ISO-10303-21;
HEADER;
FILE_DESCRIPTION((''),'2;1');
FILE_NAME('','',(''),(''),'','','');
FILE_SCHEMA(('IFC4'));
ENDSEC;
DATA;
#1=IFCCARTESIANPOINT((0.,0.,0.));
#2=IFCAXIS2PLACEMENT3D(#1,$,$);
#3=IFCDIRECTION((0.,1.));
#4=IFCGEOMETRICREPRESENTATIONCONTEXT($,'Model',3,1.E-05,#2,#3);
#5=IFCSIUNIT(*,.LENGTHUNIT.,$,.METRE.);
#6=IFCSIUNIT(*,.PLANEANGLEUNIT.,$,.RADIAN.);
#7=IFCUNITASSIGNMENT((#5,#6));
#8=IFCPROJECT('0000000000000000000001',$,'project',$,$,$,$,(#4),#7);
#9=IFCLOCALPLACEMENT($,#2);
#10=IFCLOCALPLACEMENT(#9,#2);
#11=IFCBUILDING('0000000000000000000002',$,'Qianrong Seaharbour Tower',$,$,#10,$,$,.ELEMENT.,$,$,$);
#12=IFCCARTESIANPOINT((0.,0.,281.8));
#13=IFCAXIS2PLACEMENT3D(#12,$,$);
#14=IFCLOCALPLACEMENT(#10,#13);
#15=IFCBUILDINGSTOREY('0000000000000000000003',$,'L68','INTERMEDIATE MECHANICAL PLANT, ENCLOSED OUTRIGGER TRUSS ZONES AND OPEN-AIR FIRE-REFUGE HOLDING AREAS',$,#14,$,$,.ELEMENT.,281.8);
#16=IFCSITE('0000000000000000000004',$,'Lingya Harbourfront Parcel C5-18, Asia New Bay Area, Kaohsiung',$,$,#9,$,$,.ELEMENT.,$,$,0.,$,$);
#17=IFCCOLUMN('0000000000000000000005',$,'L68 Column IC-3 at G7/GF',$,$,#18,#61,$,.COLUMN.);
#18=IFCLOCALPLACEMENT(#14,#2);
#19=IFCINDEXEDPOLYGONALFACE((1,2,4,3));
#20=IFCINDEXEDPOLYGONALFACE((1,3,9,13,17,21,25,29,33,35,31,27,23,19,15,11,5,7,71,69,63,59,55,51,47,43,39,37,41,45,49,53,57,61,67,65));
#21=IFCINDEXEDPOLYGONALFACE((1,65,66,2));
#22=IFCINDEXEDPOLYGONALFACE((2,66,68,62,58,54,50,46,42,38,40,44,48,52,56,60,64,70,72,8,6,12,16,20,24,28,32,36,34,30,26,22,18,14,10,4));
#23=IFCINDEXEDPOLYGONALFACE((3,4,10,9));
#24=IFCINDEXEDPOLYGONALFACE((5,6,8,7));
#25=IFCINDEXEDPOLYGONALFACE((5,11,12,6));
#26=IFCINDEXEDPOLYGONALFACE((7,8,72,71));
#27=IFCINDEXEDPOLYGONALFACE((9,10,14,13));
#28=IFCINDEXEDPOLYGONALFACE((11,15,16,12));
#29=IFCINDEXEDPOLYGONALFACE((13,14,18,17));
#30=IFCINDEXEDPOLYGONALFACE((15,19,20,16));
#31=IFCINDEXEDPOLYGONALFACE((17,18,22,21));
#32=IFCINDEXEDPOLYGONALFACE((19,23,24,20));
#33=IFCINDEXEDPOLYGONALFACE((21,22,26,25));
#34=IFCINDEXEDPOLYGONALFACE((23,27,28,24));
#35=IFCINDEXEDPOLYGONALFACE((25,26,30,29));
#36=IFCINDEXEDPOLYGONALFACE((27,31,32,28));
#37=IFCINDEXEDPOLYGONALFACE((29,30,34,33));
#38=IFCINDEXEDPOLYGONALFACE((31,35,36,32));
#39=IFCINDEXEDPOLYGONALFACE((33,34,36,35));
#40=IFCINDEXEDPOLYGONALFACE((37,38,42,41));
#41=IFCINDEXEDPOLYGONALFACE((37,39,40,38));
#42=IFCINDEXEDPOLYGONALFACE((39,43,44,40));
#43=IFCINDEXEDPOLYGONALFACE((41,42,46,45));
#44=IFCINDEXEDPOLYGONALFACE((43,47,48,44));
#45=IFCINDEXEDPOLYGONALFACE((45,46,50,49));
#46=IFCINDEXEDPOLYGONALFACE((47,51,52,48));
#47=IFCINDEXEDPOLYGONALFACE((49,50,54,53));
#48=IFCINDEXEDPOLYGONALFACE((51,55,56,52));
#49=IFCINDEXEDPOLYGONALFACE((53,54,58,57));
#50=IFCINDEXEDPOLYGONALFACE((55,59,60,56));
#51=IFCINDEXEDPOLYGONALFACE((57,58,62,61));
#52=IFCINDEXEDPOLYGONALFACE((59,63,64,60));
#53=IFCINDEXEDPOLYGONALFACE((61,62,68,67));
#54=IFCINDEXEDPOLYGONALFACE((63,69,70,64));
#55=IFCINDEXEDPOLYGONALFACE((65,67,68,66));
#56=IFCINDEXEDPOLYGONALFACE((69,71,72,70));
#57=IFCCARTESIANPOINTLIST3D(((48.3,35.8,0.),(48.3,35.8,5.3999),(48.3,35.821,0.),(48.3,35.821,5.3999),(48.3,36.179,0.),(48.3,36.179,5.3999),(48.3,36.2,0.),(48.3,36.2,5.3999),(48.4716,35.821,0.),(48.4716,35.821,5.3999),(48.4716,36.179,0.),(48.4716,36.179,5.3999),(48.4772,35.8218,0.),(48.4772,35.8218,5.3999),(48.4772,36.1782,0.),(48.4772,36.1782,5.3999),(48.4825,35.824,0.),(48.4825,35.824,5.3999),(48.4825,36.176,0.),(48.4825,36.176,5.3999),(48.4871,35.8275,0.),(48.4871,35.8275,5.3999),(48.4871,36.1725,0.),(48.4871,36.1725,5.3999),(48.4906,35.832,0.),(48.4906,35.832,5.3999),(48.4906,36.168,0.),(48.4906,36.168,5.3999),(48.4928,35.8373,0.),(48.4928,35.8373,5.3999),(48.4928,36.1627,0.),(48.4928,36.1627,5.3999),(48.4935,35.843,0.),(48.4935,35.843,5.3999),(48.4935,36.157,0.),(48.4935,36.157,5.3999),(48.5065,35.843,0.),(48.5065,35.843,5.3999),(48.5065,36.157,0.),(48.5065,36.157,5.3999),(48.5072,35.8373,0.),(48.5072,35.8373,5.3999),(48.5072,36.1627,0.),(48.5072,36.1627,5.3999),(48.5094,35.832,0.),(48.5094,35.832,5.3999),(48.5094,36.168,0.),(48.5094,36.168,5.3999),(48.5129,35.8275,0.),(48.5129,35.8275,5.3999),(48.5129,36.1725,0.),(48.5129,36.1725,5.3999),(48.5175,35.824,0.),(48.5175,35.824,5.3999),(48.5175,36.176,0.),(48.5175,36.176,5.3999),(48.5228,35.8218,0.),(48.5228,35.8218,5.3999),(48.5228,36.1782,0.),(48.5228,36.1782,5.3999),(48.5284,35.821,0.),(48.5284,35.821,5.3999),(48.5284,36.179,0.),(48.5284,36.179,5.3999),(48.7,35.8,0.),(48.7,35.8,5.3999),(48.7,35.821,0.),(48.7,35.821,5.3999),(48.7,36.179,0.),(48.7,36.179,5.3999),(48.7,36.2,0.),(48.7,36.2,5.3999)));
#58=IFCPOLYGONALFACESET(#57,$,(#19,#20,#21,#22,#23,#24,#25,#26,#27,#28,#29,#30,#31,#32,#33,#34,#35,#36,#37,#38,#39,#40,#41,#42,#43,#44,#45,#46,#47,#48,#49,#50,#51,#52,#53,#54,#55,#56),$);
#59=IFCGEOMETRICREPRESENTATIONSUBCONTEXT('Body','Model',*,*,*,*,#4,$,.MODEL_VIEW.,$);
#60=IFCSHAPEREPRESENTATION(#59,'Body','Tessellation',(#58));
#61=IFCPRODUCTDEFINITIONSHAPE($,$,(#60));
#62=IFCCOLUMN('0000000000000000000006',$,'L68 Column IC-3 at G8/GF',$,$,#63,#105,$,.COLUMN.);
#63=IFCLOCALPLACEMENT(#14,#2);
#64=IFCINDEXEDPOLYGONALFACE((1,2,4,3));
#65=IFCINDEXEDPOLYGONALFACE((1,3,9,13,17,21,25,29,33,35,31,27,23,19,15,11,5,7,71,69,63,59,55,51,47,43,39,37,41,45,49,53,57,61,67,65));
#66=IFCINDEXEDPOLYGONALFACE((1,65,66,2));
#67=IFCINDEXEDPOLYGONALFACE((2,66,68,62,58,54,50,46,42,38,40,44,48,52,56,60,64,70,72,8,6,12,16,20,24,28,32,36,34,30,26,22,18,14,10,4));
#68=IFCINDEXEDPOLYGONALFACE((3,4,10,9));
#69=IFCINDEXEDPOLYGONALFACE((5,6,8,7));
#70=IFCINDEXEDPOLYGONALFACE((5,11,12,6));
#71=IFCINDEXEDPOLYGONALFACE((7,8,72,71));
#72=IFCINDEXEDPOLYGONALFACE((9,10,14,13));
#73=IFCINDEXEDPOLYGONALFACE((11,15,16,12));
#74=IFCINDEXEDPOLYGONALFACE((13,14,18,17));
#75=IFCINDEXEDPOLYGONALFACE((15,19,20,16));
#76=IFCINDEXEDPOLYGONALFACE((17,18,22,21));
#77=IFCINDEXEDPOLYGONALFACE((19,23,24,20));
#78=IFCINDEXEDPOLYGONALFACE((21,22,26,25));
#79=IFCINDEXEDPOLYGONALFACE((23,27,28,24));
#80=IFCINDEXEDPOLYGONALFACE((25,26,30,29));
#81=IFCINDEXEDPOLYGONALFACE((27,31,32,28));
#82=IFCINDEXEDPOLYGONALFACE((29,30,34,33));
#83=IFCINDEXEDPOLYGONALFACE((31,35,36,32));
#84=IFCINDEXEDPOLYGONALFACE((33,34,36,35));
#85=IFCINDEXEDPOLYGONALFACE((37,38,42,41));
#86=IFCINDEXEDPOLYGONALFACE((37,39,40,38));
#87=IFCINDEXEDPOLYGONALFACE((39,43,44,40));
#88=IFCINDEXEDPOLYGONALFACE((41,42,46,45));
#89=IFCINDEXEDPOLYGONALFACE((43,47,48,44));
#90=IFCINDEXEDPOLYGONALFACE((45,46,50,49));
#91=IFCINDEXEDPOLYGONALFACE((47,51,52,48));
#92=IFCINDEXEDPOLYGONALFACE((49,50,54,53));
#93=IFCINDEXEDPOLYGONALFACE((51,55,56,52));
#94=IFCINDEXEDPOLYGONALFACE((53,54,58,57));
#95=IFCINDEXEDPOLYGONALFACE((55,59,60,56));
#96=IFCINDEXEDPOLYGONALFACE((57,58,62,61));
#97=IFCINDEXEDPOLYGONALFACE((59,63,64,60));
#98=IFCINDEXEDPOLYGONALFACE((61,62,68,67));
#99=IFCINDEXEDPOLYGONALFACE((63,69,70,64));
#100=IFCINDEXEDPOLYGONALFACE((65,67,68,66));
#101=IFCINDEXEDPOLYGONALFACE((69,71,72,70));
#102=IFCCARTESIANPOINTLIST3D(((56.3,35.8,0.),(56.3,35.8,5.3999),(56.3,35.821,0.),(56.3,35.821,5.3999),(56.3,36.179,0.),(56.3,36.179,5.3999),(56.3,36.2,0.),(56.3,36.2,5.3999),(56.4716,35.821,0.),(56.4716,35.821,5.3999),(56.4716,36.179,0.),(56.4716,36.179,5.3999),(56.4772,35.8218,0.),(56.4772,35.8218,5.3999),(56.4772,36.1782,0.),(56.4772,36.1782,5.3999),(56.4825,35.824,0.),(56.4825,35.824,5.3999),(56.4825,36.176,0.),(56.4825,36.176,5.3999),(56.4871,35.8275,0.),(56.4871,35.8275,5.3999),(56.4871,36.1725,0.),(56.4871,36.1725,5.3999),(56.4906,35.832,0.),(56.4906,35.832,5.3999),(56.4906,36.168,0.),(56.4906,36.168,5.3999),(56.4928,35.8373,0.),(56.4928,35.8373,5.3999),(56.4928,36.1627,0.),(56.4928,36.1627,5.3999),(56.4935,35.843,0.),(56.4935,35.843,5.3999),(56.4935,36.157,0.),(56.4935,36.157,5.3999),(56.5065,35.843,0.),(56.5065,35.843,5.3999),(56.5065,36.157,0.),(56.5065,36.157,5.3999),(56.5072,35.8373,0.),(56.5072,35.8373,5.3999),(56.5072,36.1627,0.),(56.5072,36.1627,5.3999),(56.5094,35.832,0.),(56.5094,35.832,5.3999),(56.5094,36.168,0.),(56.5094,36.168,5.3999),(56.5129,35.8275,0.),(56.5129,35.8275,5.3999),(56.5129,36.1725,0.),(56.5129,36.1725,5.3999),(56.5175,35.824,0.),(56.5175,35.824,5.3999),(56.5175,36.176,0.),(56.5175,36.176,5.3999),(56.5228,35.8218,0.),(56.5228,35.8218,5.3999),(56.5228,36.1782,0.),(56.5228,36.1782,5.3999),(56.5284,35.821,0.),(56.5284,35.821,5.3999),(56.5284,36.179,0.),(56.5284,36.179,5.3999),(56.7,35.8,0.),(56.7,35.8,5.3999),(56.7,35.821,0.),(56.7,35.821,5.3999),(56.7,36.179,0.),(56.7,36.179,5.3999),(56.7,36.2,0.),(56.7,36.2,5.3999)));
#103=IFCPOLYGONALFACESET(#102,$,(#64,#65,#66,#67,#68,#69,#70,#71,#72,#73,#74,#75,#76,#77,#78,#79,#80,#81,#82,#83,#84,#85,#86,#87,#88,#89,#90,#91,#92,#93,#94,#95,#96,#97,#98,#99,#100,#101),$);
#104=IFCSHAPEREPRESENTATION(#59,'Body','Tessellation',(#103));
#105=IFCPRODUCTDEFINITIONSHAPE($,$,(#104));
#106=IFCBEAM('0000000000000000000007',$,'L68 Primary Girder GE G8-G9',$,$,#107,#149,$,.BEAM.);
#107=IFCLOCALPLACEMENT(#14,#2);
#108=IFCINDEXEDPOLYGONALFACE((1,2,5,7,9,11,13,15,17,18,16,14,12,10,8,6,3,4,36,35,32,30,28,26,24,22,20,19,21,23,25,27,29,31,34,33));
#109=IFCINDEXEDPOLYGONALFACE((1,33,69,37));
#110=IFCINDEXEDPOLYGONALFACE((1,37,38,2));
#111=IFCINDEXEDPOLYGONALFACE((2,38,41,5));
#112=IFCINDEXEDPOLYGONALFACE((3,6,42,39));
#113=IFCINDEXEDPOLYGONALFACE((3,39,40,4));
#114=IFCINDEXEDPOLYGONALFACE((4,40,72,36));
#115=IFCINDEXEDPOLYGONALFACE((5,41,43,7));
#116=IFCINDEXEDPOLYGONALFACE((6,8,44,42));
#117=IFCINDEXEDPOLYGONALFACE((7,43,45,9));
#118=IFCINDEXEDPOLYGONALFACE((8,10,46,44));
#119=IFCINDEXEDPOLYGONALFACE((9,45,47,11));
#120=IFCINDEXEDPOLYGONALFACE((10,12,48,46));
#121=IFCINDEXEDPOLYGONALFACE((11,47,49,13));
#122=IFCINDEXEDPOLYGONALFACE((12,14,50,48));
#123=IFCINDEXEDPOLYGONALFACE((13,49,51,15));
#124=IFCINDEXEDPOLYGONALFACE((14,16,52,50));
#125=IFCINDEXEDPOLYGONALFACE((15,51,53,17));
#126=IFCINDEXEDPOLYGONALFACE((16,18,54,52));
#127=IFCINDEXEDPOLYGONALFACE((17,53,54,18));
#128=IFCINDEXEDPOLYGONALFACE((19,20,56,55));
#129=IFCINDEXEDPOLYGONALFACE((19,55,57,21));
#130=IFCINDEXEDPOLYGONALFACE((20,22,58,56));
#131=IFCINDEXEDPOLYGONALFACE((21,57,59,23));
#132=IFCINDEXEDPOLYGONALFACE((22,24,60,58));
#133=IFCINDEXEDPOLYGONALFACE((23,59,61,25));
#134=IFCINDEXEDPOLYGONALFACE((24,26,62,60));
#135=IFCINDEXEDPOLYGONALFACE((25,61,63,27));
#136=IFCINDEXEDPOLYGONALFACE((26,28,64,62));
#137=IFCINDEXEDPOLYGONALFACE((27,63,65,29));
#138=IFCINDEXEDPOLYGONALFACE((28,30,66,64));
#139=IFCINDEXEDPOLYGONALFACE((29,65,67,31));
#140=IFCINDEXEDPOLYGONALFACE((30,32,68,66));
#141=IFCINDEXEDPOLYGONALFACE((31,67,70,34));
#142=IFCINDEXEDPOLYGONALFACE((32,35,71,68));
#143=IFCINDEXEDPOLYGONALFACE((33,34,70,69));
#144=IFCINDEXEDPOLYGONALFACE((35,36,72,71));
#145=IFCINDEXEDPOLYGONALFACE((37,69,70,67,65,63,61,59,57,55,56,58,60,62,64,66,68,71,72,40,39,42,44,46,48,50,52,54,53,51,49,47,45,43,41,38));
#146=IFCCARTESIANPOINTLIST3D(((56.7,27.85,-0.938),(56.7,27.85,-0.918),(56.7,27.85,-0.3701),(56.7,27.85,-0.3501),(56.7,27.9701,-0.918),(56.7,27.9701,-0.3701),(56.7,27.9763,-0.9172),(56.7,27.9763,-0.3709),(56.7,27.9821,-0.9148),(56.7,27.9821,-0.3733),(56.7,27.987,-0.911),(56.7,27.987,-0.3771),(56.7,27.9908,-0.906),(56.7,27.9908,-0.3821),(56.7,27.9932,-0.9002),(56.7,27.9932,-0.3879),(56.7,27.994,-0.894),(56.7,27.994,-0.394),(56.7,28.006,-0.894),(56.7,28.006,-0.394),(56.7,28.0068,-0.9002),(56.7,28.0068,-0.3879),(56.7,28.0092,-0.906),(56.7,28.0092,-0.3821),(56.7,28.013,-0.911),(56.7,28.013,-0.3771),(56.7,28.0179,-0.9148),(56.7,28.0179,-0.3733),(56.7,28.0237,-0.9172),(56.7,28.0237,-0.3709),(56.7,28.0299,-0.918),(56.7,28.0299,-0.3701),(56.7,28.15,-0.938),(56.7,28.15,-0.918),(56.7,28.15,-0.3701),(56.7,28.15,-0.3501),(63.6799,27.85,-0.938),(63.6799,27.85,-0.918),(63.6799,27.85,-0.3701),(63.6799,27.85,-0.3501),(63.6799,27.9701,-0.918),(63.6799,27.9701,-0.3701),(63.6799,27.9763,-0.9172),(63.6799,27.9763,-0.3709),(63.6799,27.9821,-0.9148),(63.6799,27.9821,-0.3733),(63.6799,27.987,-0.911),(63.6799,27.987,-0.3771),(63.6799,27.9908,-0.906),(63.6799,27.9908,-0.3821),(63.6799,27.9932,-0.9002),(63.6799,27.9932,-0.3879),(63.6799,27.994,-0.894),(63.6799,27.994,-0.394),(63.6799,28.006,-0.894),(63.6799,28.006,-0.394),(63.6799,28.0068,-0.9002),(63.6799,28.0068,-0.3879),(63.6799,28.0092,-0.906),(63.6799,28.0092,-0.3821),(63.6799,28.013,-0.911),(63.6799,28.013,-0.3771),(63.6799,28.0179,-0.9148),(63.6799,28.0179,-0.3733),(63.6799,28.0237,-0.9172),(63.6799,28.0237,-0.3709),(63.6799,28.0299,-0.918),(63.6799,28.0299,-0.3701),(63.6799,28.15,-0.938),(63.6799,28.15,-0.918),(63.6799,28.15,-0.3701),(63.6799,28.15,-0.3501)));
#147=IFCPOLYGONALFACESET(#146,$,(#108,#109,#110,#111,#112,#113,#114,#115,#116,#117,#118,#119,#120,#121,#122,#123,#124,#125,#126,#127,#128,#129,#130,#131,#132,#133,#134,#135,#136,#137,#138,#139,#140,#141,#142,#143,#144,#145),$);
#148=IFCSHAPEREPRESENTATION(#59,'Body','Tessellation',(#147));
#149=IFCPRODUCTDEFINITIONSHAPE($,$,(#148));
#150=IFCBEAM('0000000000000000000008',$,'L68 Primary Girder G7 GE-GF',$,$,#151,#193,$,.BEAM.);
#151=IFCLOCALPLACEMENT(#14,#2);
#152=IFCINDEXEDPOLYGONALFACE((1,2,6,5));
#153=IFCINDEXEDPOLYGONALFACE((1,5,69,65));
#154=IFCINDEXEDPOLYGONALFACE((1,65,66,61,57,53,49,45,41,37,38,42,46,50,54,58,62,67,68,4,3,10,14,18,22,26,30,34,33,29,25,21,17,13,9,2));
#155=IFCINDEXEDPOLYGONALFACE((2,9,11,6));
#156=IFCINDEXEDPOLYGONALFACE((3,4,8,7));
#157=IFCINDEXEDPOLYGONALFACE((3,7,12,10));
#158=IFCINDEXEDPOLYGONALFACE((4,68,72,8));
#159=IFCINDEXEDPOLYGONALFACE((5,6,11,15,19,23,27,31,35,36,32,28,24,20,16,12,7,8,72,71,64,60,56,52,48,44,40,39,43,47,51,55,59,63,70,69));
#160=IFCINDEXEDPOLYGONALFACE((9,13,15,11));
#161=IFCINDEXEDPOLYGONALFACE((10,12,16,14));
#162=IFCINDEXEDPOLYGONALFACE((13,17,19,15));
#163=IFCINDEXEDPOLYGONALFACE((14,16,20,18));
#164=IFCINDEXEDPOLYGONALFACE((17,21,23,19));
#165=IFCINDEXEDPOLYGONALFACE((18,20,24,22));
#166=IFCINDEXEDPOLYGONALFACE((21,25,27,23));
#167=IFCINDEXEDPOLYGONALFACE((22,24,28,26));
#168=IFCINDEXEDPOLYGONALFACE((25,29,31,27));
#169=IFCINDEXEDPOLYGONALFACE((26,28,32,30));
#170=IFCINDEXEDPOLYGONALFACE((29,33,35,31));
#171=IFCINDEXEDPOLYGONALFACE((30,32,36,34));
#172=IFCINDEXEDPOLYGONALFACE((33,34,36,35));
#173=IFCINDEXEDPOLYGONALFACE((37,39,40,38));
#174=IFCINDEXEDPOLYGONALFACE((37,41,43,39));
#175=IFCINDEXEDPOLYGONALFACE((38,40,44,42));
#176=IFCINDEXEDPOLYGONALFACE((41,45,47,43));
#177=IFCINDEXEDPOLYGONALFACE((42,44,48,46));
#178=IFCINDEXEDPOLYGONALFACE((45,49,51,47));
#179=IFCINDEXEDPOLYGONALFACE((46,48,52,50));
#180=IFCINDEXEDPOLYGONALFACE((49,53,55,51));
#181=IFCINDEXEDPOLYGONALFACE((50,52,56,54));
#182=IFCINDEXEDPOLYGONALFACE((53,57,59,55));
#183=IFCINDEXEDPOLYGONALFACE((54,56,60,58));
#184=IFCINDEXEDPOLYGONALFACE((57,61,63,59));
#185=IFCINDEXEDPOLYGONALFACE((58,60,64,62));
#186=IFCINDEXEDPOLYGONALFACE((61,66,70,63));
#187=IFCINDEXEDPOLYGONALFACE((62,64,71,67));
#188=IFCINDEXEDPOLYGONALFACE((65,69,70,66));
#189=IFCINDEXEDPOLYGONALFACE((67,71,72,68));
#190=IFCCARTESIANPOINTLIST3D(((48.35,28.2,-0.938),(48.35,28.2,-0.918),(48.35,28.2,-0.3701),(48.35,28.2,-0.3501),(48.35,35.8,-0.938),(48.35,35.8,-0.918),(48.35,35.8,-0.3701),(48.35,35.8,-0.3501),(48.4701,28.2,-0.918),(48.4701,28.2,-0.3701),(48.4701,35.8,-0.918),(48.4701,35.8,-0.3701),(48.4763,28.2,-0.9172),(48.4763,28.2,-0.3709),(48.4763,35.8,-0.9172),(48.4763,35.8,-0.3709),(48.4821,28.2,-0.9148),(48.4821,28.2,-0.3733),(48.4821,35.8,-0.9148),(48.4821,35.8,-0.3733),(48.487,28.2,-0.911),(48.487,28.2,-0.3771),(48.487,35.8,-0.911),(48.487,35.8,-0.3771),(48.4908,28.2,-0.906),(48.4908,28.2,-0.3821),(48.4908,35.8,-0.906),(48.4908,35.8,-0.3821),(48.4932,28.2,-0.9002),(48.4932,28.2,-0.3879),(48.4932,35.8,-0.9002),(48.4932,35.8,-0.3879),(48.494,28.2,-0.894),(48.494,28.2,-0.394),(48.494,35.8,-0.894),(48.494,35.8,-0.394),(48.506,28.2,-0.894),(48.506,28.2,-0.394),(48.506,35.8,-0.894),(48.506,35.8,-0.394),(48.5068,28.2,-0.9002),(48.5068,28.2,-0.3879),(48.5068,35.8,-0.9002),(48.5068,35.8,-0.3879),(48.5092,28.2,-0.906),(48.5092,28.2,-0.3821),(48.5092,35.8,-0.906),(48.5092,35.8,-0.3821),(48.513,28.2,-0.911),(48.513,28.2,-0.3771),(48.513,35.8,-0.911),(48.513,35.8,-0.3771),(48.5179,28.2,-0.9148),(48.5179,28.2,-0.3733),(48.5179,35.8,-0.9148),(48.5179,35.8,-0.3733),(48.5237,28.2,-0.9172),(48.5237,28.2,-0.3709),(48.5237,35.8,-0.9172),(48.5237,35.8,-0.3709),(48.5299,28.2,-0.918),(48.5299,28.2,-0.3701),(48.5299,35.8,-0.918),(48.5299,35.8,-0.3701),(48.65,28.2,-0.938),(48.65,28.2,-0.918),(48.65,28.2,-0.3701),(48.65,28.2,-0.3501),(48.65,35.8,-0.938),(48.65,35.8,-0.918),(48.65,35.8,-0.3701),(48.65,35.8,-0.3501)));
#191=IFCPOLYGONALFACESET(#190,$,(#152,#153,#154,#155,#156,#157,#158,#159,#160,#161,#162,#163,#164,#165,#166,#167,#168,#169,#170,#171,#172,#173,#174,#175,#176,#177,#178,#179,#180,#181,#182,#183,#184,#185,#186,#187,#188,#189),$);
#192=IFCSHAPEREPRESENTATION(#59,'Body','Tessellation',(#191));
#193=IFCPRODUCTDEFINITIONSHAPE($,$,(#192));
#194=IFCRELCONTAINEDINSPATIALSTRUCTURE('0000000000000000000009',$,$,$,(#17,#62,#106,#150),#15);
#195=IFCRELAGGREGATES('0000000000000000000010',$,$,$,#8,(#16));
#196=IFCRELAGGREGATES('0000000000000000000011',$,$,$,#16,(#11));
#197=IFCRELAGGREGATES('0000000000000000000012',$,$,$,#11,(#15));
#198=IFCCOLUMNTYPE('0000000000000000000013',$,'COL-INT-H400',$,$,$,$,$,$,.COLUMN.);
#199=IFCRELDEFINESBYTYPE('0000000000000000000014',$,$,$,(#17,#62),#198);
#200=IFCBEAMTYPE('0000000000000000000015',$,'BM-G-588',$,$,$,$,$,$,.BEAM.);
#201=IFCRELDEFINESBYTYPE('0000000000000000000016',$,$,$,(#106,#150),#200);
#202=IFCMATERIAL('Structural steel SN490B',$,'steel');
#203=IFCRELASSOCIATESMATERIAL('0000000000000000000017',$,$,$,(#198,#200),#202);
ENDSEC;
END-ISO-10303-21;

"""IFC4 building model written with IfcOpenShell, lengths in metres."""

from ifc_helpers import new_model, si_unit, direction, frame, origin, origin_2d, place, context, subcontext, project, spatial, i_section, extrude, material, material_profile, profile_set, type_object, element, save


model = new_model("IFC4")

# Units and contexts
model_context = context("Model", 3, precision=1e-05, world=origin(), true_north=direction((0.0, 1.0)))
body_context = subcontext(model_context, "Body", "Model", "MODEL_VIEW")
ifc_project = project(units=[si_unit("LENGTHUNIT", "METRE"), si_unit("PLANEANGLEUNIT", "RADIAN")], contexts=[model_context])

# Site, building, storey
site_placement = place(None, origin())
site = spatial("IfcSite", under=ifc_project, at=site_placement, Name="Lingya Harbourfront Parcel C5-18, Asia New Bay Area, Kaohsiung", CompositionType="ELEMENT", RefElevation=0.0)
building_placement = place(site_placement, origin())
building = spatial("IfcBuilding", under=site, at=building_placement, Name="Qianrong Seaharbour Tower", CompositionType="ELEMENT")
storey_placement = place(building_placement, frame((0.0, 0.0, 281.8)))
storey = spatial("IfcBuildingStorey", under=building, at=storey_placement, Name="L68", Description="INTERMEDIATE MECHANICAL PLANT, ENCLOSED OUTRIGGER TRUSS ZONES AND OPEN-AIR FIRE-REFUGE HOLDING AREAS", CompositionType="ELEMENT", Elevation=281.8)

# Columns
ifc_material_1 = material(Name="Structural steel SN490B", Category="steel")
ifc_material_profile_1 = material_profile(ifc_material_1, i_section(OverallWidth=0.3999, OverallDepth=0.3999, WebThickness=0.0129, FlangeThickness=0.021, FilletRadius=0.022, at=origin_2d()), Name="H400x400x13x21")
ifc_profile_set_1 = profile_set([ifc_material_profile_1], Name="Structural steel SN490B")
column_type = type_object("IfcColumnType", Name="COL-INT-H400", PredefinedType="COLUMN", material=ifc_profile_set_1)
for number, where, z_axis, x_axis, name in (
    (1, (48.5, 36.0, 0.0), (0.0, 0.0, 1.0), (1.0, 0.0, 0.0), "L68 Column IC-3 at G7/GF"),
    (2, (56.5, 36.0, 0.0), (0.0, 0.0, 1.0), (1.0, 0.0, 0.0), "L68 Column IC-3 at G8/GF"),
):
    element("IfcColumn", number, at=place(storey_placement, frame(where, z_axis=z_axis, x_axis=x_axis)), inside=storey, type_object=column_type, Name=name, PredefinedType="COLUMN", context=body_context, shape_type="SweptSolid", body=[
        extrude(i_section(OverallWidth=0.3999, OverallDepth=0.3999, WebThickness=0.0129, FlangeThickness=0.021, FilletRadius=0.022, at=origin_2d()), origin(), (0.0, 0.0, 1.0), 5.3999),
    ])

# Beams
ifc_material_profile_2 = material_profile(ifc_material_1, i_section(OverallWidth=0.3, OverallDepth=0.5879, WebThickness=0.012, FlangeThickness=0.02, FilletRadius=0.0239, at=origin_2d()), Name="H588x300x12x20")
ifc_profile_set_2 = profile_set([ifc_material_profile_2], Name="Structural steel SN490B")
beam_type_1 = type_object("IfcBeamType", Name="BM-G-588", PredefinedType="BEAM", material=ifc_profile_set_2)
beam_1_placement = place(storey_placement, frame((56.7, 28.0, -0.644), z_axis=(1.0, 0.0, 0.0), x_axis=(0.0, 1.0, 0.0)))
element("IfcBeam", 3, at=beam_1_placement, inside=storey, type_object=beam_type_1, Name="L68 Primary Girder GE G8-G9", PredefinedType="BEAM", context=body_context, shape_type="SweptSolid", body=[
    extrude(i_section(OverallWidth=0.3, OverallDepth=0.5879, WebThickness=0.012, FlangeThickness=0.02, FilletRadius=0.0239, at=origin_2d()), origin(), (0.0, 0.0, 1.0), 6.98),
])
for number, where, z_axis, x_axis, name in (
    (4, (48.5, 28.2, -0.644), (0.0, 1.0, 0.0), (-1.0, 0.0, 0.0), "L68 Primary Girder G7 GE-GF"),
):
    element("IfcBeam", number, at=place(storey_placement, frame(where, z_axis=z_axis, x_axis=x_axis)), inside=storey, type_object=beam_type_1, Name=name, PredefinedType="BEAM", context=body_context, shape_type="SweptSolid", body=[
        extrude(i_section(OverallWidth=0.3, OverallDepth=0.5879, WebThickness=0.012, FlangeThickness=0.02, FilletRadius=0.0239, at=origin_2d()), origin(), (0.0, 0.0, 1.0), 7.6001),
    ])

save(model, "model.ifc")
